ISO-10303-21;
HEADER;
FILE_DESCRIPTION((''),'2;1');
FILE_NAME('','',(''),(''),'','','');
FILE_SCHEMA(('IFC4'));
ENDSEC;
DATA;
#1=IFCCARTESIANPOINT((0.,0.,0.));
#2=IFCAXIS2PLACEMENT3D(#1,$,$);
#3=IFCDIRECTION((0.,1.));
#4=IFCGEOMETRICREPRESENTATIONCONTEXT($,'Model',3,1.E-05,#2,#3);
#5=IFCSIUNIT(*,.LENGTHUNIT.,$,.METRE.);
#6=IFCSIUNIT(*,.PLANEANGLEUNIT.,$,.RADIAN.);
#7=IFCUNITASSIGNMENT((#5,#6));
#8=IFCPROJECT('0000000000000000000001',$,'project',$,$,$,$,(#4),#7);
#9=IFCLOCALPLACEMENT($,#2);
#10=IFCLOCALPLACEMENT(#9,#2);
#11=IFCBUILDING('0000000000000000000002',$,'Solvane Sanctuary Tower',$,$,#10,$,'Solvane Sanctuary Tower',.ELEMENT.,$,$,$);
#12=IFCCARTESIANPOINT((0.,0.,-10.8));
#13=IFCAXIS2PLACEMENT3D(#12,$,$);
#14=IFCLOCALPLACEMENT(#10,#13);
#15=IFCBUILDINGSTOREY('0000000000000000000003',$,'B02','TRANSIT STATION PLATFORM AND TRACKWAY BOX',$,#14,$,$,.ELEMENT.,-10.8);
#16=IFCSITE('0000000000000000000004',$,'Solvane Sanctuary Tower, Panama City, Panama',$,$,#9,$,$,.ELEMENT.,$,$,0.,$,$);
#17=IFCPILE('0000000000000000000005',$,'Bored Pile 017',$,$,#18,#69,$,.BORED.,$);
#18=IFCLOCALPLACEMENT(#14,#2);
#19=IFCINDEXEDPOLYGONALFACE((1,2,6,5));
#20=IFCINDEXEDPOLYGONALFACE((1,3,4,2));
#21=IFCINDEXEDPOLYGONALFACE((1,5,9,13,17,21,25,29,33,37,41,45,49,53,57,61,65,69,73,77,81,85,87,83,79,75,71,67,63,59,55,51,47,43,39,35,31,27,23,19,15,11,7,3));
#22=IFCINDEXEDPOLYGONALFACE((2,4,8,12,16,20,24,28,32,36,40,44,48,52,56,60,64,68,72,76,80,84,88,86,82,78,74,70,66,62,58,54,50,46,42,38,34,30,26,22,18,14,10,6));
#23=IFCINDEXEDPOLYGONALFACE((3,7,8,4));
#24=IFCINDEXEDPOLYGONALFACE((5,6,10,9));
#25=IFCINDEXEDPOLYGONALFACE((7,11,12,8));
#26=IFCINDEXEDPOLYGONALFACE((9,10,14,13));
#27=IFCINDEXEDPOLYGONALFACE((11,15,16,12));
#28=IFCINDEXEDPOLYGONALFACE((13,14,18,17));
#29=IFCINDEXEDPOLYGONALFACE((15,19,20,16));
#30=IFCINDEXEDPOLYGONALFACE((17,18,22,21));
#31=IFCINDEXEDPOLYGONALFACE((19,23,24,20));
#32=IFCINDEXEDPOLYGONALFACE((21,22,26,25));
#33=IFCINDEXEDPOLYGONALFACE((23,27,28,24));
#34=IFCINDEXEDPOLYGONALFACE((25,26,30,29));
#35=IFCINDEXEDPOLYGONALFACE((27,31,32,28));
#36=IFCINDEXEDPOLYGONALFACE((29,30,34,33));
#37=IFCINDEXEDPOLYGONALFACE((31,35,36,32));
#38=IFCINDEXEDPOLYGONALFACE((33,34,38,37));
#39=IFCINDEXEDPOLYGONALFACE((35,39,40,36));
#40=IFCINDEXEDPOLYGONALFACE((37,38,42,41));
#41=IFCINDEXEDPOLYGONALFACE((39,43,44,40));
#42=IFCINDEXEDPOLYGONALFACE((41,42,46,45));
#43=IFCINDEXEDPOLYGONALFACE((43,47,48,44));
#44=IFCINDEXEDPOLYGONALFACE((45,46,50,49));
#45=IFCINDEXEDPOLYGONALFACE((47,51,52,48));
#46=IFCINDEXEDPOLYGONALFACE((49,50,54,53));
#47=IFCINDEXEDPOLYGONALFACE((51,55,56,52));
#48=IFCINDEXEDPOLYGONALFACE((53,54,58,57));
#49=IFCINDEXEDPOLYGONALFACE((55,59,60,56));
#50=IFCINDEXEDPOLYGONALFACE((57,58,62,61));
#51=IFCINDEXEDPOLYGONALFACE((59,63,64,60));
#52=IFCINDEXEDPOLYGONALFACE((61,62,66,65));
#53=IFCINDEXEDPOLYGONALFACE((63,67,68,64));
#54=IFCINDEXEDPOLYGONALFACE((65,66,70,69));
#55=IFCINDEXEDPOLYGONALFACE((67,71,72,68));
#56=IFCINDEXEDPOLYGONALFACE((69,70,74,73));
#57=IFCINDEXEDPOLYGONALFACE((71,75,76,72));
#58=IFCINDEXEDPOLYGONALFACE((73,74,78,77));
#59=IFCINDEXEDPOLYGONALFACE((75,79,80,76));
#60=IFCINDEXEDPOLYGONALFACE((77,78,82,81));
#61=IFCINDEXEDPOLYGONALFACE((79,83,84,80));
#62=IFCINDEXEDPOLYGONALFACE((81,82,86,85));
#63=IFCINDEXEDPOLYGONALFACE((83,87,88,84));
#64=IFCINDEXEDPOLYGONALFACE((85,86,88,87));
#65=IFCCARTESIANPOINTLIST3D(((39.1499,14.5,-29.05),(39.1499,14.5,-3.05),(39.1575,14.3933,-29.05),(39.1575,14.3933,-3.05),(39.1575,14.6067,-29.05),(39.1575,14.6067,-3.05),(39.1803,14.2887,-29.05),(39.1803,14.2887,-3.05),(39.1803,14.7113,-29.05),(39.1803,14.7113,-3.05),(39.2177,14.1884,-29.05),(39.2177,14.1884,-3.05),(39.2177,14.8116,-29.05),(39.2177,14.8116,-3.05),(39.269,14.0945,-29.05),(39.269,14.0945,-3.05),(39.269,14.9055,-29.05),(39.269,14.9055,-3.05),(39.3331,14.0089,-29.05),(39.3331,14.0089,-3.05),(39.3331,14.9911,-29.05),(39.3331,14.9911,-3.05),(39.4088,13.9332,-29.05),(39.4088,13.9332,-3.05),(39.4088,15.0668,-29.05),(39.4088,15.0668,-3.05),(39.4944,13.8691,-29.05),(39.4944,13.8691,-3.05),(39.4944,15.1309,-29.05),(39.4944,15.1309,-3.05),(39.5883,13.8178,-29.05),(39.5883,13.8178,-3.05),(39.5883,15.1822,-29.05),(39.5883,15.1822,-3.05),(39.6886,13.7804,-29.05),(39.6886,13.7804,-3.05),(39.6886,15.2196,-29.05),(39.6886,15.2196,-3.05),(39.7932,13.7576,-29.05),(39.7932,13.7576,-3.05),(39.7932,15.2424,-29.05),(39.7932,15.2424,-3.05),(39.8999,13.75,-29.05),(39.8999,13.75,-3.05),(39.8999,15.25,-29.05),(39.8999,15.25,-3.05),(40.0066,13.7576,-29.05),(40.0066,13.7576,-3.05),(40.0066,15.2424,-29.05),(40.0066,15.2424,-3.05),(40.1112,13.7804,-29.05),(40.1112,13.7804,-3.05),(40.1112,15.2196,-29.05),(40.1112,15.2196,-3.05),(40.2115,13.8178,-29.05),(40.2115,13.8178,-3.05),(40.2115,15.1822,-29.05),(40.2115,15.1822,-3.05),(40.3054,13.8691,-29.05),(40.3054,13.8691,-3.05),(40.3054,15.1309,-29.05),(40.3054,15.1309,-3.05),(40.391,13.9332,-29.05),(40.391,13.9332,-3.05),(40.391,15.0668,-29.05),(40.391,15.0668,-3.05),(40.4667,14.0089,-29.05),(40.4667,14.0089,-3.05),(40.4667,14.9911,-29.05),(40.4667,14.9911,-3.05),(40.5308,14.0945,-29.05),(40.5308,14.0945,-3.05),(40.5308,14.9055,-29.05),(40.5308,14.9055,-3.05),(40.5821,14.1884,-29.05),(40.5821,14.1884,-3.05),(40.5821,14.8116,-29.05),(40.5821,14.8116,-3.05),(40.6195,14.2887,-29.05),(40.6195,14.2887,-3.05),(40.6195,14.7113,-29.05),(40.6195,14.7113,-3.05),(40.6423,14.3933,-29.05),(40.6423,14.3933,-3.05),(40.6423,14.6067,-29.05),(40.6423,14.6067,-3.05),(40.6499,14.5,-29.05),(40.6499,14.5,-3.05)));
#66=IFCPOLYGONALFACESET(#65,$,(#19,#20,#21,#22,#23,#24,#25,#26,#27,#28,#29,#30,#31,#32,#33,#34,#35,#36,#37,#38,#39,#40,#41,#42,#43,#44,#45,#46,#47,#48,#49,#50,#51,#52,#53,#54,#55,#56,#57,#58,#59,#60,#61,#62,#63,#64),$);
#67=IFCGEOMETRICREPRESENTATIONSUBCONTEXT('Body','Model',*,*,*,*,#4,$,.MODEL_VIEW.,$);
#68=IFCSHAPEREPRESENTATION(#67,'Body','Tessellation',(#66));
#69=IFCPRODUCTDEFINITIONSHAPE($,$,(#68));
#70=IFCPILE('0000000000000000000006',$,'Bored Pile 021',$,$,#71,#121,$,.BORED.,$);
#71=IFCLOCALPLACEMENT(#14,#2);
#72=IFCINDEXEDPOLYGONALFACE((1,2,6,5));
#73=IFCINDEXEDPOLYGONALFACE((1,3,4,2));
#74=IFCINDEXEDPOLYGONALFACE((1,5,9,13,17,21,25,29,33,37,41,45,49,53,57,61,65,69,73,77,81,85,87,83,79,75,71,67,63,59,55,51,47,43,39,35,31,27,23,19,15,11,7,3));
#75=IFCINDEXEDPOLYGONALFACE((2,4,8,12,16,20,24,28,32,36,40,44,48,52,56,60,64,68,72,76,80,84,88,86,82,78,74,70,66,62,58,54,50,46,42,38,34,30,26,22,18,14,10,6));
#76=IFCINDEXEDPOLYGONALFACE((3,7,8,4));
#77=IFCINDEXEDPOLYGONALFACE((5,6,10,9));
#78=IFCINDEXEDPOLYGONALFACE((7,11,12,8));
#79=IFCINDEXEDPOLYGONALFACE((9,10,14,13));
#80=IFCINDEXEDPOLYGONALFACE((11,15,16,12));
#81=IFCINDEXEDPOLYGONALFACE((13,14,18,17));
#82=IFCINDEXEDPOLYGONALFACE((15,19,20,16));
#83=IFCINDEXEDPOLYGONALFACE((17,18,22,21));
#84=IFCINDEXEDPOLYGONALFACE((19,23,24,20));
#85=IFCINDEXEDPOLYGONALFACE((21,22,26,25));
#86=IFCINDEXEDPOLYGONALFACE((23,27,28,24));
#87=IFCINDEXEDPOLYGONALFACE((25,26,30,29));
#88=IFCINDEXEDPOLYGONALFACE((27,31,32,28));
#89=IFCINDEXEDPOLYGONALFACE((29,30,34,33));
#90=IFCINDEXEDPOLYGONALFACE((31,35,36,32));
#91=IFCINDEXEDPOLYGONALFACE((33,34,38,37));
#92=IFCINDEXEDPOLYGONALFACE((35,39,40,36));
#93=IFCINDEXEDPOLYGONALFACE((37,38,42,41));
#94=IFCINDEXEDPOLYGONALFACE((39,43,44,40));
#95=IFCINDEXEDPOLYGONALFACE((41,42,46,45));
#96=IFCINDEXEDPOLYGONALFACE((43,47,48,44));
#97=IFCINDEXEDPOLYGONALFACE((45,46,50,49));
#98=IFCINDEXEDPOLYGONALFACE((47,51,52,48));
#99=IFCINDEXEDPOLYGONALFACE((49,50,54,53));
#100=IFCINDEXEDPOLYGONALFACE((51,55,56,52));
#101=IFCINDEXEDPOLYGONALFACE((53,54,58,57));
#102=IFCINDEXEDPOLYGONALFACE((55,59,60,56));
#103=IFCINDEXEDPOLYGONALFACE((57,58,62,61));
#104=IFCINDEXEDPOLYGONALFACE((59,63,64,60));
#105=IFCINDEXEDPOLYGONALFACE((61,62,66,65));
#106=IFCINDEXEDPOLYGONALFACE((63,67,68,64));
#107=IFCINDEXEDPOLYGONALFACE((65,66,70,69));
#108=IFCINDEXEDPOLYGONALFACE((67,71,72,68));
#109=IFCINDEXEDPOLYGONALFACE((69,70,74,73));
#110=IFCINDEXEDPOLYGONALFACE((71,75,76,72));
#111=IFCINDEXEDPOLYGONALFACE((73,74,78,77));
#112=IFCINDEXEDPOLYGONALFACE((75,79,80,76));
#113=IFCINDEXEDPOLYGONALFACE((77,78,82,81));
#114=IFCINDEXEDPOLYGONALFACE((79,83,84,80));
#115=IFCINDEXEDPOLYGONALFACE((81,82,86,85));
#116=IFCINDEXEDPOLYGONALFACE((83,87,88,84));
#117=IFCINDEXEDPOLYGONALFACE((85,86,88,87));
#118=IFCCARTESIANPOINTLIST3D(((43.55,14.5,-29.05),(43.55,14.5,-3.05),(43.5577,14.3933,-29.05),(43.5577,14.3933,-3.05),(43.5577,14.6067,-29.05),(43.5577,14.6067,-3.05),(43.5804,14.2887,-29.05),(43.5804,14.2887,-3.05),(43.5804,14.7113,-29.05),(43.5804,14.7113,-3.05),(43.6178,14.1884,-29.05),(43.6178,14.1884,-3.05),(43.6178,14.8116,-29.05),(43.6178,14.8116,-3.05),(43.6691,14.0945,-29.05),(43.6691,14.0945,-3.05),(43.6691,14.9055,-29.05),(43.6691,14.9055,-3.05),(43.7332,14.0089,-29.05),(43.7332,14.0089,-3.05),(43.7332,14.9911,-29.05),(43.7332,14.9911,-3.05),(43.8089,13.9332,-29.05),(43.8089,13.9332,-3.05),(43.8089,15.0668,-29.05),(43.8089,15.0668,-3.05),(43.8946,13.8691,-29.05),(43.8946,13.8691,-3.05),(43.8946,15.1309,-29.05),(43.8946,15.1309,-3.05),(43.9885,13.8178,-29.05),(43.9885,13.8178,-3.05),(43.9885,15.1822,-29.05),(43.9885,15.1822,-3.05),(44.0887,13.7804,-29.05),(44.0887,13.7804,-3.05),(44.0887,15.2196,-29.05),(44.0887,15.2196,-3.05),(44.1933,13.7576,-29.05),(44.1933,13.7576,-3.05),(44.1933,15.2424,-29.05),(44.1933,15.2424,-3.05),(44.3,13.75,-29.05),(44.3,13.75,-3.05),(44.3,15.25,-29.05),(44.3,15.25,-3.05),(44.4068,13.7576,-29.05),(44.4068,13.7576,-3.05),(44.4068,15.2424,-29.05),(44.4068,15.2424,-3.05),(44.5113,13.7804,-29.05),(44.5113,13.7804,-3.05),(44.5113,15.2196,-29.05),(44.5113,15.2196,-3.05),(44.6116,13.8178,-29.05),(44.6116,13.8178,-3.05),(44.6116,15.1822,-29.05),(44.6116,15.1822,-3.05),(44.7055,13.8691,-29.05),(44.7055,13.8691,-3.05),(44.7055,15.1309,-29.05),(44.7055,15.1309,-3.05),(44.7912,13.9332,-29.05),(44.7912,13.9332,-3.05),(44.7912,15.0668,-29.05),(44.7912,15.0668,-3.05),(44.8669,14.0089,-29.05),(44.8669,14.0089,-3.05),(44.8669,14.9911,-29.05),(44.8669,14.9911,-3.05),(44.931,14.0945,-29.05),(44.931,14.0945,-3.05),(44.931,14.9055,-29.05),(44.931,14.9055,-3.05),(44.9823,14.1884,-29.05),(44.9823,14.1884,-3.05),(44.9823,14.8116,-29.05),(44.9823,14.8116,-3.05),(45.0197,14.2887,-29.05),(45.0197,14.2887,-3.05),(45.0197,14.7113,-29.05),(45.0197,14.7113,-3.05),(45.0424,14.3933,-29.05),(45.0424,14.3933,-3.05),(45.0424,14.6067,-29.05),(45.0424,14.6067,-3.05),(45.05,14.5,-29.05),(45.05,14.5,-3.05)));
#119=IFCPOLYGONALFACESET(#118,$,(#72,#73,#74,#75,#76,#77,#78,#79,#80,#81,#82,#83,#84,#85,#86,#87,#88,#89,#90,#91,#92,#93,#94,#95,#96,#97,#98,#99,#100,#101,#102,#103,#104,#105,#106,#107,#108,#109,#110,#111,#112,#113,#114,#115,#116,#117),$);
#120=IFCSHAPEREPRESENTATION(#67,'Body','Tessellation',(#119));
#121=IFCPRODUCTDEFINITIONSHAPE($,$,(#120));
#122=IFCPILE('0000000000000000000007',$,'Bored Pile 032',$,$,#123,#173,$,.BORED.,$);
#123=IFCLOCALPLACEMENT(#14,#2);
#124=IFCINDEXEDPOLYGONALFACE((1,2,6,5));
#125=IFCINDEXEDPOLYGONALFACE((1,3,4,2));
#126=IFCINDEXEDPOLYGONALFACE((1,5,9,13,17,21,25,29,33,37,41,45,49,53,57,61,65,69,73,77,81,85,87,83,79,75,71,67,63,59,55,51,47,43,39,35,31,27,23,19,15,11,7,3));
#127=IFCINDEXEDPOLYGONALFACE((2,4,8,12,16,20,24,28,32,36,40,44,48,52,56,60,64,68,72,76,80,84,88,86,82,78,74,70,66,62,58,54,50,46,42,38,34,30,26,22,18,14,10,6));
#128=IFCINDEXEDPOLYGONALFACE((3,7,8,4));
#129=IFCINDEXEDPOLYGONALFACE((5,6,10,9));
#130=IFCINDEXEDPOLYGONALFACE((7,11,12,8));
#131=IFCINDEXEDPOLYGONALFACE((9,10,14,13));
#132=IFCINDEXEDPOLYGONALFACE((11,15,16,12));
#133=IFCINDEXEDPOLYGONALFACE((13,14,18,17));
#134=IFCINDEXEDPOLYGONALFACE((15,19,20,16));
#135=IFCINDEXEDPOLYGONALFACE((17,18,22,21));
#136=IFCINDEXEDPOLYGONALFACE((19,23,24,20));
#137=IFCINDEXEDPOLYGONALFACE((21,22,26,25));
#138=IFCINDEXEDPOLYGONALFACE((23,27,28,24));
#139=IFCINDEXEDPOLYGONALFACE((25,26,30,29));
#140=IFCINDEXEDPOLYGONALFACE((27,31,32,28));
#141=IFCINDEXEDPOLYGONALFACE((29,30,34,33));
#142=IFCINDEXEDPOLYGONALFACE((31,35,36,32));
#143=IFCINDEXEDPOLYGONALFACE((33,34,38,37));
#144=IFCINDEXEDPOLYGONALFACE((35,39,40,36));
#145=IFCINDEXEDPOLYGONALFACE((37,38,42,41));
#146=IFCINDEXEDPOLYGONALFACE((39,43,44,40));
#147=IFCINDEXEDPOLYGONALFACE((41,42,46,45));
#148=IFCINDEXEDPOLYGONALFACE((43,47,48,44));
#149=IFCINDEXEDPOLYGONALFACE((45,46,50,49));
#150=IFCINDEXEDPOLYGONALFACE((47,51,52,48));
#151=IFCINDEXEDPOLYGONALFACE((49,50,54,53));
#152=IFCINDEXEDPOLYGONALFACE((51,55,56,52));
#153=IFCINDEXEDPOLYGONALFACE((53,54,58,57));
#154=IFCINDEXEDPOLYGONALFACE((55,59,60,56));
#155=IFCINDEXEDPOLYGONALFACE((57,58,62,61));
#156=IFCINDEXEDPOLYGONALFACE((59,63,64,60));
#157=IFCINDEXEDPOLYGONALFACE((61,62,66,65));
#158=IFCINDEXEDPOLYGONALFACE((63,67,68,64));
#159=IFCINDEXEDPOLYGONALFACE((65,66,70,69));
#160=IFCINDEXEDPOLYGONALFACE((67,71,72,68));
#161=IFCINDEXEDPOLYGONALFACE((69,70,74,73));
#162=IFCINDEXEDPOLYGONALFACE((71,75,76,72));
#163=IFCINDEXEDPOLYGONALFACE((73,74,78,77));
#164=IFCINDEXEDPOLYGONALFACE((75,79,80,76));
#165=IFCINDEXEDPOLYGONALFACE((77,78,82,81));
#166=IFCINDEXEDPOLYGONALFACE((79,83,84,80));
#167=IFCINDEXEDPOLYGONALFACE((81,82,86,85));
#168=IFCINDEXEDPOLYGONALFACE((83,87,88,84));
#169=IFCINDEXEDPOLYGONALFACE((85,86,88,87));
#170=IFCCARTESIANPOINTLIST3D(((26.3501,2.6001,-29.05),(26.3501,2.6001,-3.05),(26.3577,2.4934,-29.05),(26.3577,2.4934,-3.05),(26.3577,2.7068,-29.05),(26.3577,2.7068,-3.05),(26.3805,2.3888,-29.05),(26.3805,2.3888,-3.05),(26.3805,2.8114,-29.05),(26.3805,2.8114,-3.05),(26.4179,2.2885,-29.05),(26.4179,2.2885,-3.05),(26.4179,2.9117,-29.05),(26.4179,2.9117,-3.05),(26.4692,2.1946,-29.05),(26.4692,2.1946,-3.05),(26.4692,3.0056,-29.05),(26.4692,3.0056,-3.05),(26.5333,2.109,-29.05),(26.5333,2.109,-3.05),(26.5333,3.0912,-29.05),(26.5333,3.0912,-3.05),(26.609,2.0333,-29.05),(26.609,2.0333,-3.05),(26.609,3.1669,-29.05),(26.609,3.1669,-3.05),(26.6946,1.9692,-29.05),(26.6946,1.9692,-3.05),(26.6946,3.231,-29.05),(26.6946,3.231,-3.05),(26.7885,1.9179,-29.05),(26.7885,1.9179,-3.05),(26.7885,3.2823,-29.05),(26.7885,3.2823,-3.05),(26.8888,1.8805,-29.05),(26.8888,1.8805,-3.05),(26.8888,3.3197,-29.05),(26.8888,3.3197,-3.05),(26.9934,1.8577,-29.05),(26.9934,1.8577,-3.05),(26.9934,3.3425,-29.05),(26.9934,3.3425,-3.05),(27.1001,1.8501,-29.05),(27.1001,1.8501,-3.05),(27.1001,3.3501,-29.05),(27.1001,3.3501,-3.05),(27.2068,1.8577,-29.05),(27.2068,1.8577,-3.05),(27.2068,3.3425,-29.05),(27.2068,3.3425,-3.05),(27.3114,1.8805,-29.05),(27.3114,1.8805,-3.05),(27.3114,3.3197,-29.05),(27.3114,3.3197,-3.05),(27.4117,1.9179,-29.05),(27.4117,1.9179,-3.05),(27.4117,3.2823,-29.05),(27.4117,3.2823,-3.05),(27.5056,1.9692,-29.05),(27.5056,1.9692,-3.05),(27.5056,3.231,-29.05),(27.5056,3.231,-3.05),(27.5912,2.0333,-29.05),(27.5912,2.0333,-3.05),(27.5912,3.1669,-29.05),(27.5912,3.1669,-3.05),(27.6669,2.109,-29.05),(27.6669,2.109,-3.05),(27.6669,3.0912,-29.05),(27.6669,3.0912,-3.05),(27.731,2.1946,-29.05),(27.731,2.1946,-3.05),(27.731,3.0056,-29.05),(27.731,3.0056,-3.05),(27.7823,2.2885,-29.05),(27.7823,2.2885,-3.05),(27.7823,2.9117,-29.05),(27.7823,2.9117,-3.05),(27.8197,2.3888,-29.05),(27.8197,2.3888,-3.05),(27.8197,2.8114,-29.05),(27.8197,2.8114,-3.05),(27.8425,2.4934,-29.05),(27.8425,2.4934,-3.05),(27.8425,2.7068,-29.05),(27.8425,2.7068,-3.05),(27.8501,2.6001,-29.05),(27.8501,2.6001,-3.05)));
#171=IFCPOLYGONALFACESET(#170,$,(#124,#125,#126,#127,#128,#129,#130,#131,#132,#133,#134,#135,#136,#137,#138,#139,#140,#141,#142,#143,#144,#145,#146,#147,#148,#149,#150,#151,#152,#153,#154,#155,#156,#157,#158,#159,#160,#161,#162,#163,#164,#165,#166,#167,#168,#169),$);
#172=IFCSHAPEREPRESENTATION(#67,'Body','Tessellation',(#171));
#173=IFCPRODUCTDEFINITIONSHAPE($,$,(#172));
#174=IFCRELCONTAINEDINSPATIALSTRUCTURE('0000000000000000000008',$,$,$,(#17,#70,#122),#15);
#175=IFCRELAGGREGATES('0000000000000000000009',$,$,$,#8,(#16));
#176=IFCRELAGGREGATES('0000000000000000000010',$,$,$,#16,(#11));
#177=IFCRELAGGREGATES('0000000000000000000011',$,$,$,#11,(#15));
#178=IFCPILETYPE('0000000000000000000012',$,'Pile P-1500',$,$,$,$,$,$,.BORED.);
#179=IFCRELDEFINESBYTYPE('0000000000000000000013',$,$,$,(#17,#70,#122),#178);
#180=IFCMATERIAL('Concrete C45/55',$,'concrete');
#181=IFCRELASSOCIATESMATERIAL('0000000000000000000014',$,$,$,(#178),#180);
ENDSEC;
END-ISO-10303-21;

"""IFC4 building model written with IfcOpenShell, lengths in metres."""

from ifc_helpers import new_model, si_unit, direction, frame, origin, origin_2d, place, context, subcontext, project, spatial, circle, extrude, material, material_profile, profile_set, type_object, element, save


model = new_model("IFC4")

# Units and contexts
model_context = context("Model", 3, precision=1e-05, world=origin(), true_north=direction((0.0, 1.0)))
body_context = subcontext(model_context, "Body", "Model", "MODEL_VIEW")
ifc_project = project(units=[si_unit("LENGTHUNIT", "METRE"), si_unit("PLANEANGLEUNIT", "RADIAN")], contexts=[model_context])

# Site, building, storey
site_placement = place(None, origin())
site = spatial("IfcSite", under=ifc_project, at=site_placement, Name="Solvane Sanctuary Tower, Panama City, Panama", CompositionType="ELEMENT", RefElevation=0.0)
building_placement = place(site_placement, origin())
building = spatial("IfcBuilding", under=site, at=building_placement, Name="Solvane Sanctuary Tower", LongName="Solvane Sanctuary Tower", CompositionType="ELEMENT")
storey_placement = place(building_placement, frame((0.0, 0.0, -10.8)))
storey = spatial("IfcBuildingStorey", under=building, at=storey_placement, Name="B02", Description="TRANSIT STATION PLATFORM AND TRACKWAY BOX", CompositionType="ELEMENT", Elevation=-10.8)

# Piles
ifc_material_1 = material(Name="Concrete C45/55", Category="concrete")
ifc_material_profile_1 = material_profile(ifc_material_1, circle(Radius=0.75, at=origin_2d()), Name="PILE1500")
ifc_profile_set_1 = profile_set([ifc_material_profile_1], Name="Concrete C45/55")
pile_type_1 = type_object("IfcPileType", Name="Pile P-1500", PredefinedType="BORED", material=ifc_profile_set_1)
for number, where, z_axis, x_axis, name in (
    (1, (39.8999, 14.5, -3.05), (0.0, 0.0, -1.0), (1.0, 0.0, 0.0), "Bored Pile 017"),
    (2, (44.3, 14.5, -3.05), (0.0, 0.0, -1.0), (1.0, 0.0, 0.0), "Bored Pile 021"),
    (3, (27.1001, 2.6001, -3.05), (0.0, 0.0, -1.0), (1.0, 0.0, 0.0), "Bored Pile 032"),
):
    element("IfcPile", number, at=place(storey_placement, frame(where, z_axis=z_axis, x_axis=x_axis)), inside=storey, type_object=pile_type_1, Name=name, PredefinedType="BORED", context=body_context, shape_type="SweptSolid", body=[
        extrude(circle(Radius=0.75, at=origin_2d()), origin(), (0.0, 0.0, 1.0), 26.0),
    ])

save(model, "model.ifc")
